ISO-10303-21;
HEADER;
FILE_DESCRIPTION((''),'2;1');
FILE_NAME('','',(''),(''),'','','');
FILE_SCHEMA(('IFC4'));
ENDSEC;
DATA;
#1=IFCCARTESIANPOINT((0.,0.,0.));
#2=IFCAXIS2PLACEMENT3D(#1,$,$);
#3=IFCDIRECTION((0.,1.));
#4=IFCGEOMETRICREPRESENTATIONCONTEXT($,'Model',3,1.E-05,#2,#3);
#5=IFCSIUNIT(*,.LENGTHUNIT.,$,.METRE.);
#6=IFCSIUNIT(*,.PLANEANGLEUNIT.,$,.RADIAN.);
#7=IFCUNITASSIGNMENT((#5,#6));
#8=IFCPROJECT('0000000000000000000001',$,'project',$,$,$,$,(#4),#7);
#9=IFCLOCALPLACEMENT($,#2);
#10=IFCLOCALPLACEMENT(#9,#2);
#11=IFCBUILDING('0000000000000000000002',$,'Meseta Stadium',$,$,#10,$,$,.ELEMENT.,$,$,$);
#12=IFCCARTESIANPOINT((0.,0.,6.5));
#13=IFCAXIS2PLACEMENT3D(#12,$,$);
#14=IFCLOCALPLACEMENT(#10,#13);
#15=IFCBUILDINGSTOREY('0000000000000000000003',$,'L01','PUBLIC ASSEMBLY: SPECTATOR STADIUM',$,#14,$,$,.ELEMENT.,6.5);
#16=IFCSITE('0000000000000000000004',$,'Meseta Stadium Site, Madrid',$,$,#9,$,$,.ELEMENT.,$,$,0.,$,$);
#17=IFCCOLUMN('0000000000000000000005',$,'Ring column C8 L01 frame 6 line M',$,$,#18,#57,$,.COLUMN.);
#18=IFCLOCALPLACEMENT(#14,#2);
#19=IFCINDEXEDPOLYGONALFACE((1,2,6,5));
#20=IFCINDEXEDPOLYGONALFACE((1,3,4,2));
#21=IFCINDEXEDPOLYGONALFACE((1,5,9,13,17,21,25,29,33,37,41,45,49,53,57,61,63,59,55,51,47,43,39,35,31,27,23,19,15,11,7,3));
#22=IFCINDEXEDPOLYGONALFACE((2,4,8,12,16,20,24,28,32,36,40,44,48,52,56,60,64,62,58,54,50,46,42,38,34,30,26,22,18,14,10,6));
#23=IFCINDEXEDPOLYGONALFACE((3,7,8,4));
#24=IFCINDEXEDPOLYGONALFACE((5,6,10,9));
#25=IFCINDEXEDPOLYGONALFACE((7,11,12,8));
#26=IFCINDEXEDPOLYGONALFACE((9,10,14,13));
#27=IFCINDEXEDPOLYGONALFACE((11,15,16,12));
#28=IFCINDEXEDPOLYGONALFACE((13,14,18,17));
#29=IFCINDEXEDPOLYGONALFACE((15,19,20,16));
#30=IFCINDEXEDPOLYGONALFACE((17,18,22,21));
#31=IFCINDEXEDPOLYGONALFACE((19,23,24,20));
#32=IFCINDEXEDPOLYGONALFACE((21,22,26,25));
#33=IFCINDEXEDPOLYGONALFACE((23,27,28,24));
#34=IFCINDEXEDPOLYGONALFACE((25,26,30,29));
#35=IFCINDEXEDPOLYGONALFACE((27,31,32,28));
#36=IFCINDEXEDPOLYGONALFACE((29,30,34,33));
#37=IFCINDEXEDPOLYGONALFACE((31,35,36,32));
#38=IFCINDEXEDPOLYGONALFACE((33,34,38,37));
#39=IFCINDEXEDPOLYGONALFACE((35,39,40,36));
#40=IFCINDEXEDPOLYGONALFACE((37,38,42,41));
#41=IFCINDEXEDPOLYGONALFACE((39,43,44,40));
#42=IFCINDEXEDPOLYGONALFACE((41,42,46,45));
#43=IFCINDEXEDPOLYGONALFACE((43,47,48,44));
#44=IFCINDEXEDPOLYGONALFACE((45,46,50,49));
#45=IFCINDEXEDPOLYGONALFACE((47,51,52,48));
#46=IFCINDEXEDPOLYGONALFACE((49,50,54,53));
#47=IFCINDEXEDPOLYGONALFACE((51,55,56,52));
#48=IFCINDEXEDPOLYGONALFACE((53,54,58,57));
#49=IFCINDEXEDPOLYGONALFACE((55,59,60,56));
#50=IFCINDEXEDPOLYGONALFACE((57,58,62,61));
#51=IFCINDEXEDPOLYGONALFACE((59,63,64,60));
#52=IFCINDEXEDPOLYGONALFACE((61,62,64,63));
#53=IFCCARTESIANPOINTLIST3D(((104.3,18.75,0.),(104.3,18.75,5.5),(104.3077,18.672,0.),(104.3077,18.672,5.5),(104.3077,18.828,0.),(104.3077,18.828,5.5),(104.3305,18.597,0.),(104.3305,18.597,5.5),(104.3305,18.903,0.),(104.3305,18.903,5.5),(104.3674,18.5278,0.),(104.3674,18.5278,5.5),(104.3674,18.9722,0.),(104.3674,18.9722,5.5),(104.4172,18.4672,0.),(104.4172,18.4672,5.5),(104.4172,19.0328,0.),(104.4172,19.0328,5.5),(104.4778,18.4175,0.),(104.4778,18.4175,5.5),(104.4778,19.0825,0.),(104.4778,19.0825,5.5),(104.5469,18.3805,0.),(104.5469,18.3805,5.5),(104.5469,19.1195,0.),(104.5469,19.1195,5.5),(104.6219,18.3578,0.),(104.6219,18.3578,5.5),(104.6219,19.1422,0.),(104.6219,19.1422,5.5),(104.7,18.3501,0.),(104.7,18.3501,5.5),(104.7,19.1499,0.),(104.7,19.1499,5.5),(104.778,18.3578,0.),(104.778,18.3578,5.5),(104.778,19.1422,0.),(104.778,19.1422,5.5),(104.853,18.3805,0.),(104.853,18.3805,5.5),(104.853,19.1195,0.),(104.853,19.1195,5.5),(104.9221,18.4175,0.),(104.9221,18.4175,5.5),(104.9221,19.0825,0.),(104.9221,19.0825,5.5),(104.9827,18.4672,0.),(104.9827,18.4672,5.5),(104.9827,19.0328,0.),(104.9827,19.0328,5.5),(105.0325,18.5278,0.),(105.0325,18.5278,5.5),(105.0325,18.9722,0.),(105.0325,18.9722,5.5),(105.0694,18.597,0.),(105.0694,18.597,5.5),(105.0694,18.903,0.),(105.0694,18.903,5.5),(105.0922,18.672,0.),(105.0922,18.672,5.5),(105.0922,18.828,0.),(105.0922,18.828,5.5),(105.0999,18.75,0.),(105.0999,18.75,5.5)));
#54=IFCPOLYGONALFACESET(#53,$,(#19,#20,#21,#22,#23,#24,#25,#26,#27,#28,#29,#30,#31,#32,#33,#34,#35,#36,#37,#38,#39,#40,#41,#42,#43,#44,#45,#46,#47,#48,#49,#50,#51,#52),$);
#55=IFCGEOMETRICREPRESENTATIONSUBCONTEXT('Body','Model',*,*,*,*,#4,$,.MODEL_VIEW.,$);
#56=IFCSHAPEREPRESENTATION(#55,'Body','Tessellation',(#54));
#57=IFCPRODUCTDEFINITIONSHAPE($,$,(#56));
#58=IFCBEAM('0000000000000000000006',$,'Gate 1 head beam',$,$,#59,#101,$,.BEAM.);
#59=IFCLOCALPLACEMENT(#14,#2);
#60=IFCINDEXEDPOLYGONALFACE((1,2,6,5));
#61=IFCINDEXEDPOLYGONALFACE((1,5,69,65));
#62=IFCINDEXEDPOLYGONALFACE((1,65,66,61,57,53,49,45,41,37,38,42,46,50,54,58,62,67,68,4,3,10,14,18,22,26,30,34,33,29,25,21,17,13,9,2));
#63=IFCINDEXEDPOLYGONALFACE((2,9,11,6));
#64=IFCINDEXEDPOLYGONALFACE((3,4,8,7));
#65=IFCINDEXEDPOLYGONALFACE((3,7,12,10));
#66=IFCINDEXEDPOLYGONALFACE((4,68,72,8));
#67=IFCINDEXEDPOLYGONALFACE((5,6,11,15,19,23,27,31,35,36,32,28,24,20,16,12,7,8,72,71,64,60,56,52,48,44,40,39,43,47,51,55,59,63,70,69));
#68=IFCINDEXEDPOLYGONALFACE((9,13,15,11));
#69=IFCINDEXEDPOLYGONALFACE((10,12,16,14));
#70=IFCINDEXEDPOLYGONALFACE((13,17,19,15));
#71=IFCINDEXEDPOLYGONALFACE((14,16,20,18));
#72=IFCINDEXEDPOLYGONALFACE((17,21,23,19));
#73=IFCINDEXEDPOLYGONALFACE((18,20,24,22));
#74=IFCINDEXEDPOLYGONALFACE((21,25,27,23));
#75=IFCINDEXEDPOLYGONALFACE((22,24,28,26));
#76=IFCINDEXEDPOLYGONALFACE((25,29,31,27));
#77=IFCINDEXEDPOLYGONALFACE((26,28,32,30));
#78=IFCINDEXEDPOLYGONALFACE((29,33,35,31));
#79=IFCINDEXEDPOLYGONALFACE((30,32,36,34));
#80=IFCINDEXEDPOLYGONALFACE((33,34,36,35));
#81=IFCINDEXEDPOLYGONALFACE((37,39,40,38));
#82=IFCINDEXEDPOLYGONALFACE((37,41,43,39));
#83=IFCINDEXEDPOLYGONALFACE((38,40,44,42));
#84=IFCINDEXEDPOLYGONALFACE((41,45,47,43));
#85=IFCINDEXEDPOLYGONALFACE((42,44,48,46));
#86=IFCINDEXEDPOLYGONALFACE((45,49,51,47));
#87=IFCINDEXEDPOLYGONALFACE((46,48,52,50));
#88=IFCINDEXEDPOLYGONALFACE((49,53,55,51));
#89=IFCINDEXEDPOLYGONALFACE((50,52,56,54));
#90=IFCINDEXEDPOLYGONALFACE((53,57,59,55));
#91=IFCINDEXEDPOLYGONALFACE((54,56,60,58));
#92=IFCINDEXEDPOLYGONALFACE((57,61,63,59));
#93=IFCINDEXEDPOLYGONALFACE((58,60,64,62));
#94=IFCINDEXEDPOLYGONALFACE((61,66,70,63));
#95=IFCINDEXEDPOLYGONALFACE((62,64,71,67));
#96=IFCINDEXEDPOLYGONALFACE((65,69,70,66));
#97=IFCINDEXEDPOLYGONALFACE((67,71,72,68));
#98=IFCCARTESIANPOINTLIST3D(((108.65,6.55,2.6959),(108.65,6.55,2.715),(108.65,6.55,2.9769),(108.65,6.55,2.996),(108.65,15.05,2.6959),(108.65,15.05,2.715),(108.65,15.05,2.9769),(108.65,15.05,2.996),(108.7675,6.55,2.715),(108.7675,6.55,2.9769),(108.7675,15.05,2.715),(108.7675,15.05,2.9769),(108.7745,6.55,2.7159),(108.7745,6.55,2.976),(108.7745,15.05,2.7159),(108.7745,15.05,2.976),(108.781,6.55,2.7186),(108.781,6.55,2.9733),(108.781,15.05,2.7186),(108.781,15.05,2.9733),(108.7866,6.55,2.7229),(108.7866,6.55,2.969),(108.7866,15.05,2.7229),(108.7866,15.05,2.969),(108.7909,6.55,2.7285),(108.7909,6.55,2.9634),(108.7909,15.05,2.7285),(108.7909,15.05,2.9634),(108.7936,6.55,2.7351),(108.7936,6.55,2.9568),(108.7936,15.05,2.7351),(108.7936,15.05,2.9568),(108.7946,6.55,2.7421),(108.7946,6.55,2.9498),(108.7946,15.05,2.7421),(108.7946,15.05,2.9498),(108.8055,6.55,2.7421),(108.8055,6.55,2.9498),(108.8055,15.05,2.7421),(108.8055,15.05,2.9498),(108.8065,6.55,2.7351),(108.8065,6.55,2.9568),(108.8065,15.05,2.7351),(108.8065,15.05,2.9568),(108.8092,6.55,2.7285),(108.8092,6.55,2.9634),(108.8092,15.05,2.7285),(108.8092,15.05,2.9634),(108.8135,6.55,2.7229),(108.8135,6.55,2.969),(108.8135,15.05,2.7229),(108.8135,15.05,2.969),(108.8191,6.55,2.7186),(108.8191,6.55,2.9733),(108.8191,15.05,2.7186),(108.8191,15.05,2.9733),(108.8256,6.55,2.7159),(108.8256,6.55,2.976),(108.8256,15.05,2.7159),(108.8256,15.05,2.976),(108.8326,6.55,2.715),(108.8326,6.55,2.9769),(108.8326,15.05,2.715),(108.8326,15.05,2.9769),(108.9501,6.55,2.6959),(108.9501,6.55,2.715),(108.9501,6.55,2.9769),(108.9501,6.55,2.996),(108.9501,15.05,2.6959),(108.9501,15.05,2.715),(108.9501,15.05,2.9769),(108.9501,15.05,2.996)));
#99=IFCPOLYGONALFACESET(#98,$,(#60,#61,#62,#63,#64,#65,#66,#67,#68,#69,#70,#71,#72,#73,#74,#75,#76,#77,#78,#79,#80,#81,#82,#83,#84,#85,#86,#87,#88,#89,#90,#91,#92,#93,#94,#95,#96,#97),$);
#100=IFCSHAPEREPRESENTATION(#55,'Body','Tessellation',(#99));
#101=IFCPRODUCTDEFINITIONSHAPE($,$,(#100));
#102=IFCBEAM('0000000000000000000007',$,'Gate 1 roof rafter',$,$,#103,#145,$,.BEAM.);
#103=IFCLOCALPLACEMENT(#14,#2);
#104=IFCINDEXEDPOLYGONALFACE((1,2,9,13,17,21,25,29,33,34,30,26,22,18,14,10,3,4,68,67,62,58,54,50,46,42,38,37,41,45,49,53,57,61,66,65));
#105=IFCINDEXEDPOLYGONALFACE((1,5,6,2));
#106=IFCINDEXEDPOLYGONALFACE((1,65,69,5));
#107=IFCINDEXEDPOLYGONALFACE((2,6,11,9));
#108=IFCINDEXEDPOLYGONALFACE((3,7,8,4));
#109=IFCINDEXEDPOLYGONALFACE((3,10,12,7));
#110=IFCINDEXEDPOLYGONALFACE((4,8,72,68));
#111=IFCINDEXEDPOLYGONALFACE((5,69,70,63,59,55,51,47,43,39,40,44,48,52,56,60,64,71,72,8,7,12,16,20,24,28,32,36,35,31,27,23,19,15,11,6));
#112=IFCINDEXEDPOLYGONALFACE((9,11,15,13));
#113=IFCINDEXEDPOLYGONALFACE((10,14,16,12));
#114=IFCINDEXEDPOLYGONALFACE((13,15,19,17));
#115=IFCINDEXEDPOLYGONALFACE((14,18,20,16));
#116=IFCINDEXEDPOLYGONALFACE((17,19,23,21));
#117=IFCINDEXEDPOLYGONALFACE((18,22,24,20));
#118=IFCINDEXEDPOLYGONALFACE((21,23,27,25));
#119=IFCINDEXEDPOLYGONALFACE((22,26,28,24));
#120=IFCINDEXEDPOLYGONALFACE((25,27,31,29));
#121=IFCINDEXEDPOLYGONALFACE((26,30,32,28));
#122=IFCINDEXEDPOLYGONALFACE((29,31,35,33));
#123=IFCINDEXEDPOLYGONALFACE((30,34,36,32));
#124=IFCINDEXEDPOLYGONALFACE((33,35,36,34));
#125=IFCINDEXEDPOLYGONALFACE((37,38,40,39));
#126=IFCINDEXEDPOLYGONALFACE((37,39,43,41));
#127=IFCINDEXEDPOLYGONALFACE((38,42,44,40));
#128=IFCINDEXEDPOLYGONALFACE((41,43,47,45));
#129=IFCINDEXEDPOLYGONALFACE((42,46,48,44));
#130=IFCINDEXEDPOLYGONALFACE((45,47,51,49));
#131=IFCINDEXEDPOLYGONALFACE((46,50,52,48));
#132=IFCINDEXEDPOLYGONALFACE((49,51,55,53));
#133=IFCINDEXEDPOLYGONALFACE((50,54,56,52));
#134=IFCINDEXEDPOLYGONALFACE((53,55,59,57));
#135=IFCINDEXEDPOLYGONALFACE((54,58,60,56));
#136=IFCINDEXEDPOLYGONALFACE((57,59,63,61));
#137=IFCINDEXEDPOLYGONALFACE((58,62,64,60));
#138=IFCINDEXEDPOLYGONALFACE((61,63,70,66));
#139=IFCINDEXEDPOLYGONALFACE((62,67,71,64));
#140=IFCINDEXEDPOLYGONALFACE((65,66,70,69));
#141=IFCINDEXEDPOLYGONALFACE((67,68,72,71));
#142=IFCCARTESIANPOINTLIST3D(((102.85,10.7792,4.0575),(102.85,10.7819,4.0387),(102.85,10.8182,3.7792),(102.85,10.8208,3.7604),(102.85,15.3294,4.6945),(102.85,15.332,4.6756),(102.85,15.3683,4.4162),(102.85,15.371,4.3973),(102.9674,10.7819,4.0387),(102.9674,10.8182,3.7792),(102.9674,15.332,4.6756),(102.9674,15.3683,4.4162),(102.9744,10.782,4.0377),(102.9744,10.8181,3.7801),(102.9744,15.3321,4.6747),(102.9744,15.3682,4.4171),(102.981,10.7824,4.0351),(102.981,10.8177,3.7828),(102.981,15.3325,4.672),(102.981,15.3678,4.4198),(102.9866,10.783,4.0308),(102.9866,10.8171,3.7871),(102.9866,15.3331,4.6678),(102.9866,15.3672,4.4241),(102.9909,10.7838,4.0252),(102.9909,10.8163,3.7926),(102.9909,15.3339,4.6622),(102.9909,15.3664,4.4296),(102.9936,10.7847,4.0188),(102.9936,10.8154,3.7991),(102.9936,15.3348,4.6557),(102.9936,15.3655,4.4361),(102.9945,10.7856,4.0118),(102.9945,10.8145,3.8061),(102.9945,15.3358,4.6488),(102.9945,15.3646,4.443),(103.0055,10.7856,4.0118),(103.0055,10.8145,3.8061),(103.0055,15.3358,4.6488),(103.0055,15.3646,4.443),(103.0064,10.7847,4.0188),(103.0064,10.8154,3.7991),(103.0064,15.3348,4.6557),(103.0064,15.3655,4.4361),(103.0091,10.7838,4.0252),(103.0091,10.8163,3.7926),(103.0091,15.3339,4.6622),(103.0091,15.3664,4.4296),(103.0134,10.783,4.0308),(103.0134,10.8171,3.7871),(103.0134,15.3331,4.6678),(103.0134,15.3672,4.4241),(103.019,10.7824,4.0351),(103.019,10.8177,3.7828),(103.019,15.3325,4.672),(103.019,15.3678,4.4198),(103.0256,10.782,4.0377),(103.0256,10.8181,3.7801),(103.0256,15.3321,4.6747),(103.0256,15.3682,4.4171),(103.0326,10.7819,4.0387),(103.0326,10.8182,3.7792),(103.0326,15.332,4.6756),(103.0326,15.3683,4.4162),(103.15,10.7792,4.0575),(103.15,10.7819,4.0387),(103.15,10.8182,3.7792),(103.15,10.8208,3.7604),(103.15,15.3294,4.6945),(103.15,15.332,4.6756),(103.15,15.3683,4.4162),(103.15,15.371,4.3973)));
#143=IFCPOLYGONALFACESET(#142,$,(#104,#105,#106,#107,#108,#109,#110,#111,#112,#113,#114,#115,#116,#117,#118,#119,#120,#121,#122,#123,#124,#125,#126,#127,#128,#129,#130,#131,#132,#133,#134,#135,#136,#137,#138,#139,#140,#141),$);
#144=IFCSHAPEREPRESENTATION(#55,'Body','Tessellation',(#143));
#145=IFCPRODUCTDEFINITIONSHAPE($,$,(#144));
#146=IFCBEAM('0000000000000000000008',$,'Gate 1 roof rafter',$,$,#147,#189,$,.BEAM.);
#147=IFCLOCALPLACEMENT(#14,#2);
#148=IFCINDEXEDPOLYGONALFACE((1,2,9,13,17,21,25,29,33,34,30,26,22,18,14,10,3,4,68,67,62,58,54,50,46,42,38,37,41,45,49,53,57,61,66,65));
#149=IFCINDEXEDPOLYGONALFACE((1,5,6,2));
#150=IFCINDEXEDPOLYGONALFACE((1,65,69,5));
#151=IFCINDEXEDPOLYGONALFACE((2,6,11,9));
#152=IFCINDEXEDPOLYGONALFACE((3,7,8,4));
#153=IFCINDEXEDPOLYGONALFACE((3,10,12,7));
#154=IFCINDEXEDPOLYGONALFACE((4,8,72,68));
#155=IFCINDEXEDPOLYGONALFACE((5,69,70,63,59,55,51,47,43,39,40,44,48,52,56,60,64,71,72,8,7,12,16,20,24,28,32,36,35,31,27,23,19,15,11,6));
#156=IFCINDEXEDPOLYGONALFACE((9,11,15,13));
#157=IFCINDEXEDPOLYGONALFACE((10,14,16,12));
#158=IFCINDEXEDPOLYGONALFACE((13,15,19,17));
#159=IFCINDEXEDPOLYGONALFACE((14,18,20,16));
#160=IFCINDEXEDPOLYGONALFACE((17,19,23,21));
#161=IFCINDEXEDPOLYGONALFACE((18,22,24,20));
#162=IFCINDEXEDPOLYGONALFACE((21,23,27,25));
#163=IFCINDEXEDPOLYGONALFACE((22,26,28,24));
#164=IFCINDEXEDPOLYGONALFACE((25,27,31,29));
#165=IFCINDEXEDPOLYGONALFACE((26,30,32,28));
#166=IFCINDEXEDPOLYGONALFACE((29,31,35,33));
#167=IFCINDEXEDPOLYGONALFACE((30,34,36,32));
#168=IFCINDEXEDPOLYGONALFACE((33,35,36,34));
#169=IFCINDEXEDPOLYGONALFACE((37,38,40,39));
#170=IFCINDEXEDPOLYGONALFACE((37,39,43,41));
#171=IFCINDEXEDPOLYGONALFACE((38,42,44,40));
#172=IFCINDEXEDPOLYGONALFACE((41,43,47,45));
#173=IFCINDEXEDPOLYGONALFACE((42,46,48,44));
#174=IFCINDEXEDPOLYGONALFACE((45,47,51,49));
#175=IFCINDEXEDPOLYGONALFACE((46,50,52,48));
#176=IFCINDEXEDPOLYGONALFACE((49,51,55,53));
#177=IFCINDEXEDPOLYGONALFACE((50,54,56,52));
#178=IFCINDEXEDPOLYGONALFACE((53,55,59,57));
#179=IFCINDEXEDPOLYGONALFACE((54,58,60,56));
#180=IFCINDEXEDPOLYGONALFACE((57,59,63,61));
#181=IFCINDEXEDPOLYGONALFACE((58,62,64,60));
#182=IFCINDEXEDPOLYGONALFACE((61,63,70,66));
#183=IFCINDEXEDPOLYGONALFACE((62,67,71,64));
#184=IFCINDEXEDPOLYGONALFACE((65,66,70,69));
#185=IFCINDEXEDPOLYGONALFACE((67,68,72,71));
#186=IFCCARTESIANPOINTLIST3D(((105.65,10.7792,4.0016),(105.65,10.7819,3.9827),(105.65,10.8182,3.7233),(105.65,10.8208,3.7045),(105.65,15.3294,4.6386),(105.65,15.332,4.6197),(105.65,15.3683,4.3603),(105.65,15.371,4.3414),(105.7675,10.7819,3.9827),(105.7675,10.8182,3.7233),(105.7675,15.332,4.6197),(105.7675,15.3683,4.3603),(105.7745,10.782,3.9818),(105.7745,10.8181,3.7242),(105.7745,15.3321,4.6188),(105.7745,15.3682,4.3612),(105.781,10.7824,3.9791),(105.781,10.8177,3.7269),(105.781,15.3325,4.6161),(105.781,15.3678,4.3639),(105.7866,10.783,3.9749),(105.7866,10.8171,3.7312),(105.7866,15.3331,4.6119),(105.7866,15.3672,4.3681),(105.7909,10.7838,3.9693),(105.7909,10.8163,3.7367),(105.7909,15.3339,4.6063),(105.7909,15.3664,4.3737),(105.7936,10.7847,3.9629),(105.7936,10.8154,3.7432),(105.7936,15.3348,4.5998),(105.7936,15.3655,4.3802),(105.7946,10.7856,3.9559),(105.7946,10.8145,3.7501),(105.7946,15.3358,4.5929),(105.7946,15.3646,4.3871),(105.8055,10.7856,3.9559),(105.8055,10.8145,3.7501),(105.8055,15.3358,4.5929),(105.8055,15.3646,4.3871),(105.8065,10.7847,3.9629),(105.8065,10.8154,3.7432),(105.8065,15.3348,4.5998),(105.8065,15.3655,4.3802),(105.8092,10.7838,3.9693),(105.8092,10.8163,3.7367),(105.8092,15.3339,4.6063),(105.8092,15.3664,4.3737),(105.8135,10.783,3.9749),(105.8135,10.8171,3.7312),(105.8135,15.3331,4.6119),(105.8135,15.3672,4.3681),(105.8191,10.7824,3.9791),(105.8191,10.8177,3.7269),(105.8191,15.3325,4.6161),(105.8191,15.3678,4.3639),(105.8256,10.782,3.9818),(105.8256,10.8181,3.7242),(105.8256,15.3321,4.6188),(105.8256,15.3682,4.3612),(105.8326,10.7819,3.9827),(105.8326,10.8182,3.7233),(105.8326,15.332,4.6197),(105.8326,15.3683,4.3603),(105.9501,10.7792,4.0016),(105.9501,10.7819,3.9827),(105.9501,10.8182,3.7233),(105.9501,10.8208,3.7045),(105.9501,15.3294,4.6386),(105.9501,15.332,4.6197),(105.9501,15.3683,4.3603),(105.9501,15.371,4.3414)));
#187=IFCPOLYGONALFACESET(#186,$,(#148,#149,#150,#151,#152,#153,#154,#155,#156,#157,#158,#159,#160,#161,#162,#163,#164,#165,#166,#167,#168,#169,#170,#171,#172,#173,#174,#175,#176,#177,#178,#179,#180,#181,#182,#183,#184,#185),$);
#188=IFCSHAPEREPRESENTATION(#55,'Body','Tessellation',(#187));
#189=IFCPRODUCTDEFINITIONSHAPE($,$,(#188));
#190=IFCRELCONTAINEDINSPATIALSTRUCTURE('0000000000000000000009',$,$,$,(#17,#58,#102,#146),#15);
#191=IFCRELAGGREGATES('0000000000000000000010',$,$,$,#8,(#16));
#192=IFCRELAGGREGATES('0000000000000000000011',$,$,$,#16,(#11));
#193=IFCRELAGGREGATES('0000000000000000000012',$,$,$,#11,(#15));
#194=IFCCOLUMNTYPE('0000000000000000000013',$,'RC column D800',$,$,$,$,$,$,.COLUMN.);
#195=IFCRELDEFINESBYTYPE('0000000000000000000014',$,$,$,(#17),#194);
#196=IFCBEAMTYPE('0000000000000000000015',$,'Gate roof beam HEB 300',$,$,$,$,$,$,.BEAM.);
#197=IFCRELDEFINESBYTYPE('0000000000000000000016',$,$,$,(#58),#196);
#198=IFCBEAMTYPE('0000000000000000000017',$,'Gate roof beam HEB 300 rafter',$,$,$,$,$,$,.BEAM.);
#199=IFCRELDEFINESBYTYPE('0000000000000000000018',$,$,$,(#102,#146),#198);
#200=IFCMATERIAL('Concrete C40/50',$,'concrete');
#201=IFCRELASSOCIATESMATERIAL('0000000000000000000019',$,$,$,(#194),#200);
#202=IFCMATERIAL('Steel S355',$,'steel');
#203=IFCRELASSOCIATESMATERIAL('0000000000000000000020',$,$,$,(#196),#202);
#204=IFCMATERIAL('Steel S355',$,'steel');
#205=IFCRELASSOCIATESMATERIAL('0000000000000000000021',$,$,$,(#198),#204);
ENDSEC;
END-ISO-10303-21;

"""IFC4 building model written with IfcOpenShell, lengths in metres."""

from ifc_helpers import new_model, si_unit, direction, frame, origin, origin_2d, place, context, subcontext, project, spatial, circle, i_section, extrude, material, material_profile, profile_set, type_object, element, save


model = new_model("IFC4")

# Units and contexts
model_context = context("Model", 3, precision=1e-05, world=origin(), true_north=direction((0.0, 1.0)))
body_context = subcontext(model_context, "Body", "Model", "MODEL_VIEW")
ifc_project = project(units=[si_unit("LENGTHUNIT", "METRE"), si_unit("PLANEANGLEUNIT", "RADIAN")], contexts=[model_context])

# Site, building, storey
site_placement = place(None, origin())
site = spatial("IfcSite", under=ifc_project, at=site_placement, Name="Meseta Stadium Site, Madrid", CompositionType="ELEMENT", RefElevation=0.0)
building_placement = place(site_placement, origin())
building = spatial("IfcBuilding", under=site, at=building_placement, Name="Meseta Stadium", CompositionType="ELEMENT")
storey_placement = place(building_placement, frame((0.0, 0.0, 6.5)))
storey = spatial("IfcBuildingStorey", under=building, at=storey_placement, Name="L01", Description="PUBLIC ASSEMBLY: SPECTATOR STADIUM", CompositionType="ELEMENT", Elevation=6.5)

# Column
ifc_material_1 = material(Name="Concrete C40/50", Category="concrete")
ifc_material_profile_1 = material_profile(ifc_material_1, circle(Radius=0.3999, at=origin_2d()), Name="RC D800")
ifc_profile_set_1 = profile_set([ifc_material_profile_1], Name="Concrete C40/50")
column_type_1 = type_object("IfcColumnType", Name="RC column D800", PredefinedType="COLUMN", material=ifc_profile_set_1)
column_1_placement = place(storey_placement, frame((104.7, 18.75, 0.0), z_axis=(0.0, 0.0, 1.0), x_axis=(1.0, 0.0, 0.0)))
element("IfcColumn", 1, at=column_1_placement, inside=storey, type_object=column_type_1, Name="Ring column C8 L01 frame 6 line M", PredefinedType="COLUMN", context=body_context, shape_type="SweptSolid", body=[
    extrude(circle(Radius=0.3999, at=origin_2d()), origin(), (0.0, 0.0, 1.0), 5.5),
])

# Beams
ifc_material_2 = material(Name="Steel S355", Category="steel")
ifc_material_profile_2 = material_profile(ifc_material_2, i_section(OverallWidth=0.3, OverallDepth=0.3, WebThickness=0.011, FlangeThickness=0.019, FilletRadius=0.0271, at=origin_2d()), Name="HEB 300")
ifc_profile_set_2 = profile_set([ifc_material_profile_2], Name="Steel S355")
beam_type_1 = type_object("IfcBeamType", Name="Gate roof beam HEB 300", PredefinedType="BEAM", material=ifc_profile_set_2)
beam_1_placement = place(storey_placement, frame((108.8, 6.55, 2.8459), z_axis=(0.0, 1.0, 0.0), x_axis=(-1.0, 0.0, 0.0)))
element("IfcBeam", 2, at=beam_1_placement, inside=storey, type_object=beam_type_1, Name="Gate 1 head beam", PredefinedType="BEAM", context=body_context, shape_type="SweptSolid", body=[
    extrude(i_section(OverallWidth=0.3, OverallDepth=0.3, WebThickness=0.011, FlangeThickness=0.019, FilletRadius=0.0271, at=origin_2d()), origin(), (0.0, 0.0, 1.0), 8.5),
])
ifc_material_3 = material(Name="Steel S355", Category="steel")
ifc_material_profile_3 = material_profile(ifc_material_3, i_section(OverallWidth=0.3, OverallDepth=0.3, WebThickness=0.011, FlangeThickness=0.019, FilletRadius=0.0271, at=origin_2d()), Name="HEB 300")
ifc_profile_set_3 = profile_set([ifc_material_profile_3], Name="Steel S355")
beam_type_2 = type_object("IfcBeamType", Name="Gate roof beam HEB 300 rafter", PredefinedType="BEAM", material=ifc_profile_set_3)
for number, where, z_axis, x_axis, name in (
    (3, (103.0, 10.8, 3.9089), (0.0, 0.990343, 0.138638), (-1.0, 0.0, 0.0), "Gate 1 roof rafter"),
    (4, (105.8, 10.8, 3.853), (0.0, 0.990343, 0.138638), (-1.0, 0.0, 0.0), "Gate 1 roof rafter"),
):
    element("IfcBeam", number, at=place(storey_placement, frame(where, z_axis=z_axis, x_axis=x_axis)), inside=storey, type_object=beam_type_2, Name=name, PredefinedType="BEAM", context=body_context, shape_type="SweptSolid", body=[
        extrude(i_section(OverallWidth=0.3, OverallDepth=0.3, WebThickness=0.011, FlangeThickness=0.019, FilletRadius=0.0271, at=origin_2d()), origin(), (0.0, 0.0, 1.0), 4.5945),
    ])

save(model, "model.ifc")
